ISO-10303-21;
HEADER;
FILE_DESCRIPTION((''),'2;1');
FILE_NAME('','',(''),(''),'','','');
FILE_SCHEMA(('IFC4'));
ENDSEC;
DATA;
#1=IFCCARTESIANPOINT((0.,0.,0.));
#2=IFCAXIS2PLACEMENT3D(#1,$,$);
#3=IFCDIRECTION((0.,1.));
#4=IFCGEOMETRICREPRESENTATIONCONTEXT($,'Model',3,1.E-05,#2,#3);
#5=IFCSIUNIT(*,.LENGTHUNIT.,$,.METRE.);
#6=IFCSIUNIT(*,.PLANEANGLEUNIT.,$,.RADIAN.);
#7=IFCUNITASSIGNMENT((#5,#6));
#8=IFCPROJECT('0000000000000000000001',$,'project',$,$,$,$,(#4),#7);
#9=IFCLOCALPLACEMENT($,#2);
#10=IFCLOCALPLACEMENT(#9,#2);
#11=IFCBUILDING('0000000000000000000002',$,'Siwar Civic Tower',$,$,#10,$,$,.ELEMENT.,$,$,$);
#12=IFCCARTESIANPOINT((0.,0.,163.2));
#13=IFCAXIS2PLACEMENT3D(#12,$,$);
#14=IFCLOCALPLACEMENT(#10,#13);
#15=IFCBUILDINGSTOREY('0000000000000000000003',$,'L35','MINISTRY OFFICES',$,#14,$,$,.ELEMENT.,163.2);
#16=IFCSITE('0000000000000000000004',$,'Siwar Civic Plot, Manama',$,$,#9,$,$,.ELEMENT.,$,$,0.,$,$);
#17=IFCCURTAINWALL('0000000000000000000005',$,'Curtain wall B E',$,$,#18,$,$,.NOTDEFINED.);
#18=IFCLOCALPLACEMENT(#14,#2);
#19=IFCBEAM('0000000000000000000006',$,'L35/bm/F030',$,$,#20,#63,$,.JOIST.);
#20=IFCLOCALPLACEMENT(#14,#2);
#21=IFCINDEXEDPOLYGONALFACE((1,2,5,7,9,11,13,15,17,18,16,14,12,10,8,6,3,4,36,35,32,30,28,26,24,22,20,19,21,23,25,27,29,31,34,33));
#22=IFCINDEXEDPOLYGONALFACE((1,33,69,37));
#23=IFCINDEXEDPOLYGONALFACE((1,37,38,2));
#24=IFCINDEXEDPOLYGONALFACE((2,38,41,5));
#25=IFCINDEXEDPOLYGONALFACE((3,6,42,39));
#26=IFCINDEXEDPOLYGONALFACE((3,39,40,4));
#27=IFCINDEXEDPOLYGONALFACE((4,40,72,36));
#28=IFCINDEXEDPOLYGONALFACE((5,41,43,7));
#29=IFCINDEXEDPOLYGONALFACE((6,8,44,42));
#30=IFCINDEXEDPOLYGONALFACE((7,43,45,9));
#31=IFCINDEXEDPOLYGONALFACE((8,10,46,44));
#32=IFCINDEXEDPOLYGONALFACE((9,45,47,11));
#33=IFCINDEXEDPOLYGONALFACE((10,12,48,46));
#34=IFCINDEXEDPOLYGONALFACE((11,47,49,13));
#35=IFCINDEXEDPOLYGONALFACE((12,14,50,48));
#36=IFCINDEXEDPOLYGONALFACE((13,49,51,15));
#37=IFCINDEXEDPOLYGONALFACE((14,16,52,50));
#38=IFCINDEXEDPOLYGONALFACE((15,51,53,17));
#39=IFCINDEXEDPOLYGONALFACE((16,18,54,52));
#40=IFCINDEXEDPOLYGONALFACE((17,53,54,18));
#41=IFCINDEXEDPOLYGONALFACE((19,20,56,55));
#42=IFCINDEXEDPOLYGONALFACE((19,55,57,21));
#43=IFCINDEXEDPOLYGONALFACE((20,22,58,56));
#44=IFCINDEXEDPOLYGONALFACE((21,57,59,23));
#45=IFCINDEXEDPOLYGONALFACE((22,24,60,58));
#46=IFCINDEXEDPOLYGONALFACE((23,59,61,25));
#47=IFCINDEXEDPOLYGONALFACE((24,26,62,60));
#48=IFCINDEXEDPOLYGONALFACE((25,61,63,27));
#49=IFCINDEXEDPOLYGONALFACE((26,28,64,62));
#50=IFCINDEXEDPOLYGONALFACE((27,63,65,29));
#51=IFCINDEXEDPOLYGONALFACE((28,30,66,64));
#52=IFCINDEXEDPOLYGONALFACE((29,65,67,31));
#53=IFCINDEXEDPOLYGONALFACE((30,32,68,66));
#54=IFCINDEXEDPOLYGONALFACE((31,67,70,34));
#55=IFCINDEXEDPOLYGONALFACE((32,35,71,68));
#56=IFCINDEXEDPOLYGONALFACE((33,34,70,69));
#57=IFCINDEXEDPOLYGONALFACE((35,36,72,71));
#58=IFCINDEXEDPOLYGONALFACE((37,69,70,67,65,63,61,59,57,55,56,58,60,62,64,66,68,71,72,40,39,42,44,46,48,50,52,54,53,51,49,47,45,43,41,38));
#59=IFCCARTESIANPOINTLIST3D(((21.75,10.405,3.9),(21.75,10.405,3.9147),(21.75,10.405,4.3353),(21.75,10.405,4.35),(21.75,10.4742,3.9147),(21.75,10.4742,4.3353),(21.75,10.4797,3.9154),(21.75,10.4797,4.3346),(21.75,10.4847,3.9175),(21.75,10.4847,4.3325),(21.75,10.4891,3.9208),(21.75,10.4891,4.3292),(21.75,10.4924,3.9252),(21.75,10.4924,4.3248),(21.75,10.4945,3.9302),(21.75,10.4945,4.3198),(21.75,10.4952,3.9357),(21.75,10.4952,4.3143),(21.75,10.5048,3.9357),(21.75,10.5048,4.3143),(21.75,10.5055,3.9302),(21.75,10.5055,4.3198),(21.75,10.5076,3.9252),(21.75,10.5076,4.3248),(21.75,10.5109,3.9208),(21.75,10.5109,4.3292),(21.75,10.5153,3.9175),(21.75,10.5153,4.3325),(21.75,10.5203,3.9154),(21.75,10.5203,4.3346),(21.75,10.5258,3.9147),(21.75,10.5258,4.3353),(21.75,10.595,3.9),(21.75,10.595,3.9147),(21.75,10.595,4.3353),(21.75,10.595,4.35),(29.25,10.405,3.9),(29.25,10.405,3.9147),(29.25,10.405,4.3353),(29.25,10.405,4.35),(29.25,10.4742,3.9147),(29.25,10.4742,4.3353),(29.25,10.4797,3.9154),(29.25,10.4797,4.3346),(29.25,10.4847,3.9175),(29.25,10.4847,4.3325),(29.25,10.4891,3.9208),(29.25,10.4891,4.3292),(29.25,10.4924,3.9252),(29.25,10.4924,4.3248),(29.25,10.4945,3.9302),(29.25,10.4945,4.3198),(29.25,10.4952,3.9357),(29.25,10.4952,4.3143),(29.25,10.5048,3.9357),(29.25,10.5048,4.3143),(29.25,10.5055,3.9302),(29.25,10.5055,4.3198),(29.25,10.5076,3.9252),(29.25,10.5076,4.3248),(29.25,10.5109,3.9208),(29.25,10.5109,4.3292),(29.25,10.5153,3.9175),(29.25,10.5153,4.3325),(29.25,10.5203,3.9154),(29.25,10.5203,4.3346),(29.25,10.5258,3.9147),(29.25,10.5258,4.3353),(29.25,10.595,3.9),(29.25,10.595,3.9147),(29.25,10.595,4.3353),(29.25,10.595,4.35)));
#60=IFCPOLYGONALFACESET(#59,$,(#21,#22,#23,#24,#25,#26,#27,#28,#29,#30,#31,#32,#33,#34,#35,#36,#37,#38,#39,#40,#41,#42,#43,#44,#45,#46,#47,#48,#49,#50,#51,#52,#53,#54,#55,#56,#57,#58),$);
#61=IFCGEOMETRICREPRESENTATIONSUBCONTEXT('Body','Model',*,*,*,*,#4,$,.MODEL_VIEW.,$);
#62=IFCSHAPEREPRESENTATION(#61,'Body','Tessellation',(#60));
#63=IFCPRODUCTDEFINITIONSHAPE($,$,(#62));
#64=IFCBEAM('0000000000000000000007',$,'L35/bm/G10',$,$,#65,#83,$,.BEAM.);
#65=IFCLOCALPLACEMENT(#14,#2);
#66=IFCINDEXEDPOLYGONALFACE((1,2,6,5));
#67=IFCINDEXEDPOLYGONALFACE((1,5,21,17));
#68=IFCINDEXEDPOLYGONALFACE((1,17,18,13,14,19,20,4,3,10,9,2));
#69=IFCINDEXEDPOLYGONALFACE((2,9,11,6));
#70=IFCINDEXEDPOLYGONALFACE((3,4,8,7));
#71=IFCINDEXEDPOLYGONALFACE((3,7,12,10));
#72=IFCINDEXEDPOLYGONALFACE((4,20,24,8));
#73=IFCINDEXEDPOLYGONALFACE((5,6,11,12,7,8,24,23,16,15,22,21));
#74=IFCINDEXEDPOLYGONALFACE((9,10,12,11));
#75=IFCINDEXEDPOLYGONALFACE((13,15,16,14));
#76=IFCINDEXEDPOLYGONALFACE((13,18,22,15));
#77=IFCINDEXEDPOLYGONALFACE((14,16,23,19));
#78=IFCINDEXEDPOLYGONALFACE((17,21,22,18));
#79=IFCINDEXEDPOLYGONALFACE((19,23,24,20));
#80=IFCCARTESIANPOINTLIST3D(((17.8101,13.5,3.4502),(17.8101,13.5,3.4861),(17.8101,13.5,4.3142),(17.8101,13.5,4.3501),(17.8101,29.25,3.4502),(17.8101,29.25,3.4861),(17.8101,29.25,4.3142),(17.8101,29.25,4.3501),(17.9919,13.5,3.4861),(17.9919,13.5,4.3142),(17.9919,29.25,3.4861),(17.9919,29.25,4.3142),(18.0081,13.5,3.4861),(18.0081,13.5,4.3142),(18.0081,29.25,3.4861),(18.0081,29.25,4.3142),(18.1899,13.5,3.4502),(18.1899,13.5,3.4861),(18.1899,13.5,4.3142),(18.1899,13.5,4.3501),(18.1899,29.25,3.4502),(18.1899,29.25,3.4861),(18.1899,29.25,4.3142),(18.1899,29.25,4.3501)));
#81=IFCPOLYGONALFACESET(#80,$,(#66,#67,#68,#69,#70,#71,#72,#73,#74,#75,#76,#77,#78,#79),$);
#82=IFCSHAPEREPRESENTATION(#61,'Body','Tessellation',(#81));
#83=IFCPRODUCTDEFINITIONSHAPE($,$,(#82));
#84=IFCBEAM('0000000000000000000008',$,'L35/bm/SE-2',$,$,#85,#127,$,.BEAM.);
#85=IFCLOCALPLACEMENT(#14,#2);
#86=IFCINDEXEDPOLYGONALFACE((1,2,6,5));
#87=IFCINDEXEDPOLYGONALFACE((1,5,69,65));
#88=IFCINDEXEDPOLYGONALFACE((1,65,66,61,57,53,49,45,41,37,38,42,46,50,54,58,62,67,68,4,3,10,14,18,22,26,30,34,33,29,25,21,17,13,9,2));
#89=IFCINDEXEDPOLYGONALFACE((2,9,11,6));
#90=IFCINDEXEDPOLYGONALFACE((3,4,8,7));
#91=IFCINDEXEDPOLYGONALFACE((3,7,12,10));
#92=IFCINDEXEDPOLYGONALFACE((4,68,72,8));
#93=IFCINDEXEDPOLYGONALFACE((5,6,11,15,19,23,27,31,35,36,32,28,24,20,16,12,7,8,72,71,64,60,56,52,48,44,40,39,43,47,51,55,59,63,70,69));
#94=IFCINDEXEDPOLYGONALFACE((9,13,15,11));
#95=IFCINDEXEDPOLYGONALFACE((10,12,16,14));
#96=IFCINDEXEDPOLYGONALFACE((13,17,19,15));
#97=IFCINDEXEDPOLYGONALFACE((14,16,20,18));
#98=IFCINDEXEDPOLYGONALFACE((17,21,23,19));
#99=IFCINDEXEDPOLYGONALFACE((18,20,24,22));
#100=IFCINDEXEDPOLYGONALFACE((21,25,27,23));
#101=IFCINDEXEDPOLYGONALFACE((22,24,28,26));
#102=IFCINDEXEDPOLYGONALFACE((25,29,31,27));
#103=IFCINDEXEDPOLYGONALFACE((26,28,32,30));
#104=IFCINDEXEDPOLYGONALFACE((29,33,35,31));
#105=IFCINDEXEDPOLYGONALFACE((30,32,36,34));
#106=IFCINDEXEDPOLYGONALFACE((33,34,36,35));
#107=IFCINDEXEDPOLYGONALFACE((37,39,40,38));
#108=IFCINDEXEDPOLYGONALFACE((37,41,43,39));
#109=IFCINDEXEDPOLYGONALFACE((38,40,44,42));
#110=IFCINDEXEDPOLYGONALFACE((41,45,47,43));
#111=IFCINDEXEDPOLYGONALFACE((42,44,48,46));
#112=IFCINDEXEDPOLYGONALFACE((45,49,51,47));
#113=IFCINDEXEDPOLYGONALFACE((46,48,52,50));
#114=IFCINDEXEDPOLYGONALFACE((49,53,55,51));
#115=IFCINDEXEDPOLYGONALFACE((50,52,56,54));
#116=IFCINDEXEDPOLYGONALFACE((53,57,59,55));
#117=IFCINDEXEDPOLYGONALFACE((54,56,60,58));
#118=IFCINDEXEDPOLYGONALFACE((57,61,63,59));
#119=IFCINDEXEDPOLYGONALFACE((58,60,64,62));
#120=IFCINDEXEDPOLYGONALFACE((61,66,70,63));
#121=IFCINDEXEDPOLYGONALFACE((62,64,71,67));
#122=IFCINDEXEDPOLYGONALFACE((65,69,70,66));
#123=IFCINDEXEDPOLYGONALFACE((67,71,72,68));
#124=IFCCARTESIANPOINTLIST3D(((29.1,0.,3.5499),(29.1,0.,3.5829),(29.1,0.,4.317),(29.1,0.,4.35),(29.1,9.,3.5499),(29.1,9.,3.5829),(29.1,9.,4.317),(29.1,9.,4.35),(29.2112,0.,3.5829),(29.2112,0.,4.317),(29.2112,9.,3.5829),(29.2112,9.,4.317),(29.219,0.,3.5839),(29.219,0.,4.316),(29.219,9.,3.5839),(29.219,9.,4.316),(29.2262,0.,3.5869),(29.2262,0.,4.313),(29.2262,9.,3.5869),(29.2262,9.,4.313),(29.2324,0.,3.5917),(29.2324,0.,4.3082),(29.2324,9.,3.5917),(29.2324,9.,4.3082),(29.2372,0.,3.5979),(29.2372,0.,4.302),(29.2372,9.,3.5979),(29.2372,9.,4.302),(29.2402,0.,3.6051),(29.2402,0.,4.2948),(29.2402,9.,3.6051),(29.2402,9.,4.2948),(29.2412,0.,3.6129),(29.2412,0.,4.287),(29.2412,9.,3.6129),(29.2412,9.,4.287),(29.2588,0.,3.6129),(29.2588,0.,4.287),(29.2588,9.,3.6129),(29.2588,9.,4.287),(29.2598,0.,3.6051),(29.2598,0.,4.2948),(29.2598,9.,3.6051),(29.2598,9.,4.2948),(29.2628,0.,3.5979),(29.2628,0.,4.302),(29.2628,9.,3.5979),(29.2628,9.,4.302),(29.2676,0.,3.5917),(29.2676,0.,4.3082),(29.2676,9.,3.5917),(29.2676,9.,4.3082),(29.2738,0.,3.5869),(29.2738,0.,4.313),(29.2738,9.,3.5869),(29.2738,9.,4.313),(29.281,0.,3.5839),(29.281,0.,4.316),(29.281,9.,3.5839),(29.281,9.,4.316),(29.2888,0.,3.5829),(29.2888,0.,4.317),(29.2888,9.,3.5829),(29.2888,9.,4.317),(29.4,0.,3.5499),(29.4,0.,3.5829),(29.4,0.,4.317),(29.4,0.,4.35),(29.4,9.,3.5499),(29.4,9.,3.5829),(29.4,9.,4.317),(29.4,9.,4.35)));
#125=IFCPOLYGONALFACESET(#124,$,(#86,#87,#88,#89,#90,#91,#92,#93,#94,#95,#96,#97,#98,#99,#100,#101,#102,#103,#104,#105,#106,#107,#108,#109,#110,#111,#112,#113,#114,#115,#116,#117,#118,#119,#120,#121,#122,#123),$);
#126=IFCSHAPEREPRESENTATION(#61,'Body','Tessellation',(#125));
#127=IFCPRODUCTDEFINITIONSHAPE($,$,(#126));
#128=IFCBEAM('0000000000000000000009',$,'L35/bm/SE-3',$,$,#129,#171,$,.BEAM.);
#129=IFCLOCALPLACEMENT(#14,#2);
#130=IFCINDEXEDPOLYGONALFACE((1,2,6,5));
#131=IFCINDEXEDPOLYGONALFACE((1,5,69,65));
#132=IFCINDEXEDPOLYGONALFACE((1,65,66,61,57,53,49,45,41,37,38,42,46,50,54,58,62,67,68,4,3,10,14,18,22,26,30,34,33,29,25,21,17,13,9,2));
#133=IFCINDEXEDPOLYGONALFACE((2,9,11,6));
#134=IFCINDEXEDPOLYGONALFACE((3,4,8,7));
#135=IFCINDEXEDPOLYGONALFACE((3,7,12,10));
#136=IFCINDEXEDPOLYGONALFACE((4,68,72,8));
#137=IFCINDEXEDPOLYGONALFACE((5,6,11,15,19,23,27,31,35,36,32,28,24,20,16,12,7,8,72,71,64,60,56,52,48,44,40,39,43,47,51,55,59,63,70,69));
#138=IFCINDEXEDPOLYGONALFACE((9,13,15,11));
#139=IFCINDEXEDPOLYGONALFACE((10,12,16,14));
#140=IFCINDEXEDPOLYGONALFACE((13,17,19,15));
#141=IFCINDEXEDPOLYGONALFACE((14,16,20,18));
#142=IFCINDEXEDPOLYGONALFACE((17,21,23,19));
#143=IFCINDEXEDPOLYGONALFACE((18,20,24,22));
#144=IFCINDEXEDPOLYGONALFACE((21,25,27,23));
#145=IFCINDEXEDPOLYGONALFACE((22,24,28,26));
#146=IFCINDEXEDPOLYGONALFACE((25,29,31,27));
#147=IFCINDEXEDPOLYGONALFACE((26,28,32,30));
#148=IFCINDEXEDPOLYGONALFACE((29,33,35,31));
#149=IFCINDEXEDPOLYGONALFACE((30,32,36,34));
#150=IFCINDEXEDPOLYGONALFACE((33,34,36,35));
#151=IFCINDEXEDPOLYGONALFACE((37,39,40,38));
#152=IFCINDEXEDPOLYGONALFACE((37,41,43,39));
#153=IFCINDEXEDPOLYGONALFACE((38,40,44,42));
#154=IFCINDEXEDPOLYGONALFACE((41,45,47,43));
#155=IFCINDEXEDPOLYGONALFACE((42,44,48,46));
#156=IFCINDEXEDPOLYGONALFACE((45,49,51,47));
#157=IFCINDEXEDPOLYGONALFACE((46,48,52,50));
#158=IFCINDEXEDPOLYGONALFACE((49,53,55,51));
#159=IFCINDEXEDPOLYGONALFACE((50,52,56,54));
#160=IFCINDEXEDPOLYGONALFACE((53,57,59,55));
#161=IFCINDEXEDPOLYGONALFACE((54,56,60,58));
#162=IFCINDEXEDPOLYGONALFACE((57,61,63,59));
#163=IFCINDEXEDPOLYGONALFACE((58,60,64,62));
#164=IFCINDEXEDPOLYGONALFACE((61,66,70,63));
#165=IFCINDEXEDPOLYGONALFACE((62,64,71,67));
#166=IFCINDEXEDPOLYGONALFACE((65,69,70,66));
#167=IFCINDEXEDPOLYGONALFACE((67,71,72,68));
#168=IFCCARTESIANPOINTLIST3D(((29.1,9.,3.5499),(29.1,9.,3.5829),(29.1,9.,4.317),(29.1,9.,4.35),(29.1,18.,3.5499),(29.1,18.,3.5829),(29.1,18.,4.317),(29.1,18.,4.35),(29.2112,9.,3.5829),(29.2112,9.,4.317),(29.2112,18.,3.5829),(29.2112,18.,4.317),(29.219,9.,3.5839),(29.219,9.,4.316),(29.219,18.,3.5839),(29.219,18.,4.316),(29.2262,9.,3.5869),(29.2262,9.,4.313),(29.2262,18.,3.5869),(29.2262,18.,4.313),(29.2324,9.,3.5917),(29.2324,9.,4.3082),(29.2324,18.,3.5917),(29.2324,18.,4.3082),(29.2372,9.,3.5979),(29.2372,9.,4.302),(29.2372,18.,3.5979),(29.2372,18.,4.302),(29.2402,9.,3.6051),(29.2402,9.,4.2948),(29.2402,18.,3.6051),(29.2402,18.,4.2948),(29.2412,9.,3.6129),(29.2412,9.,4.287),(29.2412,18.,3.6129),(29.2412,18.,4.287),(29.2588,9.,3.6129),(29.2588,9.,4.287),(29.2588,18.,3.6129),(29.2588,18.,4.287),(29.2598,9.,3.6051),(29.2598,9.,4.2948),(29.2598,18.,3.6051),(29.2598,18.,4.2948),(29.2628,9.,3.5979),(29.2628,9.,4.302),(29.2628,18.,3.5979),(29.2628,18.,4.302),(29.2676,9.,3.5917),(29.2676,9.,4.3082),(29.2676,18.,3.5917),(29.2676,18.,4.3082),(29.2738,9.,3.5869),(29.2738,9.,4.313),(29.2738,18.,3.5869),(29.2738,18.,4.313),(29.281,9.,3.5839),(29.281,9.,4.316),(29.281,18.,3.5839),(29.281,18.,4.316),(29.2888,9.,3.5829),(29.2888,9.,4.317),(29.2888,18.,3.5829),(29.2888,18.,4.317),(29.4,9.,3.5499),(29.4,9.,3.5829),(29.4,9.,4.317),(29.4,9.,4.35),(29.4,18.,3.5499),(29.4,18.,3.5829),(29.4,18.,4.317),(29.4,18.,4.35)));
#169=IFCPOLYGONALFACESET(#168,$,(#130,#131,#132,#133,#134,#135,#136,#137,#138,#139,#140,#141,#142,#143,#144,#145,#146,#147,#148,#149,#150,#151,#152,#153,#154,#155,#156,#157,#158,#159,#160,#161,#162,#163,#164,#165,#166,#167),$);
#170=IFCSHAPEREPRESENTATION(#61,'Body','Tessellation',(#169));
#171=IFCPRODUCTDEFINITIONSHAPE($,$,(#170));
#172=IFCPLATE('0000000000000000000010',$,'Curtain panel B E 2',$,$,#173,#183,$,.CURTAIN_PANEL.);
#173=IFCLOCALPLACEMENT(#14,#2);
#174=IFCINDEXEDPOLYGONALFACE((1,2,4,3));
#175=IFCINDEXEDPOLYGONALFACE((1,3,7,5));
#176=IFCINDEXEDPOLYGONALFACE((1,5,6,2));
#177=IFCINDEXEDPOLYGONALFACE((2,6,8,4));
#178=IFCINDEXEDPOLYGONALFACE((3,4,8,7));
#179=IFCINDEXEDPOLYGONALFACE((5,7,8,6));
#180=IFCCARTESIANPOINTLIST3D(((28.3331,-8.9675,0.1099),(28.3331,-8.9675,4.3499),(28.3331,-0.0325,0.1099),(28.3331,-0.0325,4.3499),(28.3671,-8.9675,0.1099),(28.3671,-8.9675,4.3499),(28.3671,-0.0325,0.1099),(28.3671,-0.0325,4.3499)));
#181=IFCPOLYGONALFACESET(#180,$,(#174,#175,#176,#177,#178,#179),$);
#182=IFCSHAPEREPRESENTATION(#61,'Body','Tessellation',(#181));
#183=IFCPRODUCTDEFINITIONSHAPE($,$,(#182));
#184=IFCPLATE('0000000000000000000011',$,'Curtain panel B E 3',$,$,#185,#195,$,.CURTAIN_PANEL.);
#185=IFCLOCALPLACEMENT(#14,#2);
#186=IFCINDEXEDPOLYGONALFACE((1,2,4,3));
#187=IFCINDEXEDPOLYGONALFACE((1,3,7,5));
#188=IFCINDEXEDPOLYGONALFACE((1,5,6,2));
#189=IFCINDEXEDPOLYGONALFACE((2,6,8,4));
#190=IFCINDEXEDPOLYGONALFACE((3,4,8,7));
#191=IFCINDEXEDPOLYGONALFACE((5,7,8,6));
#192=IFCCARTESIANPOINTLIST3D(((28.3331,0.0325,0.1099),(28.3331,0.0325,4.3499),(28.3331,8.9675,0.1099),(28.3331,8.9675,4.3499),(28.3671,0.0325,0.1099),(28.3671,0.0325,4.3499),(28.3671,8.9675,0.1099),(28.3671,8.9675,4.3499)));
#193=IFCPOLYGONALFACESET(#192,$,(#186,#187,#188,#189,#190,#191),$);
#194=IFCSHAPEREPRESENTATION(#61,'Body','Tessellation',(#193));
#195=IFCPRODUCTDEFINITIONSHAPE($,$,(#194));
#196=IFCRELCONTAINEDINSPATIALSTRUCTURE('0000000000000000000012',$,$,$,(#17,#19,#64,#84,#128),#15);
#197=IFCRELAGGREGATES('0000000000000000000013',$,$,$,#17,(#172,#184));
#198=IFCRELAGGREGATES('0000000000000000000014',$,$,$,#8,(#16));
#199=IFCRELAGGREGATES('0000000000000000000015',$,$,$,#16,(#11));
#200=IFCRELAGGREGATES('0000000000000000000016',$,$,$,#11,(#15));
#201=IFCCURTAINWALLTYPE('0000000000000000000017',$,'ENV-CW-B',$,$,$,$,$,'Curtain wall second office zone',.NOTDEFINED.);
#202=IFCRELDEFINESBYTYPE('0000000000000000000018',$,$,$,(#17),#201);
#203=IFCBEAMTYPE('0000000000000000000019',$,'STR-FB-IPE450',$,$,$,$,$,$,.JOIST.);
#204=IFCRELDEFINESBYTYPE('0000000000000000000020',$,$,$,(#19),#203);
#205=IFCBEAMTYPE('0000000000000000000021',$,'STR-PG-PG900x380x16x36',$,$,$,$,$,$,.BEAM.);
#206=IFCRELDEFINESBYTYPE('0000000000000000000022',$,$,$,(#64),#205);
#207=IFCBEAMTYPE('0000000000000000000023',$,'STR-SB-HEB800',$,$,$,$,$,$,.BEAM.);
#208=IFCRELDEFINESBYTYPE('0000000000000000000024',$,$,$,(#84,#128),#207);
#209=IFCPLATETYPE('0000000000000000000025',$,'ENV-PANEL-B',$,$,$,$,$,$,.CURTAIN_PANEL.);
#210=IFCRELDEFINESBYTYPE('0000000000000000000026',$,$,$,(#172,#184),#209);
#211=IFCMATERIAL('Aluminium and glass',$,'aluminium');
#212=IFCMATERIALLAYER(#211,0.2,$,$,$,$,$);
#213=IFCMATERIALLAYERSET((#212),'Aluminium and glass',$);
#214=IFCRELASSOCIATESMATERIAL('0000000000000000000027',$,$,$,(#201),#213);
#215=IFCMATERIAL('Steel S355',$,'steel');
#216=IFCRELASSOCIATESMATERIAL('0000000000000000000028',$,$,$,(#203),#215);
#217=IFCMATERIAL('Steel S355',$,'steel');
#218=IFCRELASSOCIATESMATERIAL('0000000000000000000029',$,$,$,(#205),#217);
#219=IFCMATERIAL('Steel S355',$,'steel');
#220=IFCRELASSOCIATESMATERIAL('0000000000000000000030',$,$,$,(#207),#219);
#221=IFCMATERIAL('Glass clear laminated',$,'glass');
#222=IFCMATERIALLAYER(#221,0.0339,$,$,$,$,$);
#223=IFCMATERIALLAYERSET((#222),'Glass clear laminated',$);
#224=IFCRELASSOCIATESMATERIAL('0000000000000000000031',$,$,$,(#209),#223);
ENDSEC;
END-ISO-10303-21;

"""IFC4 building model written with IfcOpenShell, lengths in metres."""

from ifc_helpers import new_model, si_unit, direction, frame, origin, origin_2d, place, context, subcontext, project, spatial, rectangle, i_section, extrude, material, layer, layer_set, material_profile, profile_set, type_object, element, aggregate, save


model = new_model("IFC4")

# Units and contexts
model_context = context("Model", 3, precision=1e-05, world=origin(), true_north=direction((0.0, 1.0)))
body_context = subcontext(model_context, "Body", "Model", "MODEL_VIEW")
ifc_project = project(units=[si_unit("LENGTHUNIT", "METRE"), si_unit("PLANEANGLEUNIT", "RADIAN")], contexts=[model_context])

# Site, building, storey
site_placement = place(None, origin())
site = spatial("IfcSite", under=ifc_project, at=site_placement, Name="Siwar Civic Plot, Manama", CompositionType="ELEMENT", RefElevation=0.0)
building_placement = place(site_placement, origin())
building = spatial("IfcBuilding", under=site, at=building_placement, Name="Siwar Civic Tower", CompositionType="ELEMENT")
storey_placement = place(building_placement, frame((0.0, 0.0, 163.2)))
storey = spatial("IfcBuildingStorey", under=building, at=storey_placement, Name="L35", Description="MINISTRY OFFICES", CompositionType="ELEMENT", Elevation=163.2)

# Curtain wall
ifc_material_1 = material(Name="Aluminium and glass", Category="aluminium")
ifc_layer_1 = layer(ifc_material_1, 0.2)
ifc_layer_set_1 = layer_set([ifc_layer_1], Name="Aluminium and glass")
curtain_wall_type = type_object("IfcCurtainWallType", Name="ENV-CW-B", ElementType="Curtain wall second office zone", PredefinedType="NOTDEFINED", material=ifc_layer_set_1)
curtain_wall_placement = place(storey_placement, origin())
curtain_wall = element("IfcCurtainWall", 1, at=curtain_wall_placement, inside=storey, type_object=curtain_wall_type, Name="Curtain wall B E", PredefinedType="NOTDEFINED")

# Beams
ifc_material_2 = material(Name="Steel S355", Category="steel")
ifc_material_profile_1 = material_profile(ifc_material_2, i_section(OverallWidth=0.1899, OverallDepth=0.45, WebThickness=0.0095, FlangeThickness=0.0146, FilletRadius=0.021, at=origin_2d()), Name="IPE450")
ifc_profile_set_1 = profile_set([ifc_material_profile_1], Name="Steel S355")
beam_type_1 = type_object("IfcBeamType", Name="STR-FB-IPE450", PredefinedType="JOIST", material=ifc_profile_set_1)
for number, where, z_axis, x_axis, name in (
    (2, (21.75, 10.5, 4.125), (1.0, 0.0, 0.0), (0.0, 1.0, 0.0), "L35/bm/F030"),
):
    element("IfcBeam", number, at=place(storey_placement, frame(where, z_axis=z_axis, x_axis=x_axis)), inside=storey, type_object=beam_type_1, Name=name, PredefinedType="JOIST", context=body_context, shape_type="SweptSolid", body=[
        extrude(i_section(OverallWidth=0.1899, OverallDepth=0.45, WebThickness=0.0095, FlangeThickness=0.0146, FilletRadius=0.021, at=origin_2d()), origin(), (0.0, 0.0, 1.0), 7.5),
    ])
ifc_material_3 = material(Name="Steel S355", Category="steel")
ifc_material_profile_2 = material_profile(ifc_material_3, i_section(OverallWidth=0.3799, OverallDepth=0.8999, WebThickness=0.0161, FlangeThickness=0.0359, at=origin_2d()), Name="PG900x380x16x36")
ifc_profile_set_2 = profile_set([ifc_material_profile_2], Name="Steel S355")
beam_type_2 = type_object("IfcBeamType", Name="STR-PG-PG900x380x16x36", PredefinedType="BEAM", material=ifc_profile_set_2)
beam_placement = place(storey_placement, frame((18.0, 13.5, 3.9001), z_axis=(0.0, 1.0, 0.0), x_axis=(-1.0, 0.0, 0.0)))
element("IfcBeam", 3, at=beam_placement, inside=storey, type_object=beam_type_2, Name="L35/bm/G10", PredefinedType="BEAM", context=body_context, shape_type="SweptSolid", body=[
    extrude(i_section(OverallWidth=0.3799, OverallDepth=0.8999, WebThickness=0.0161, FlangeThickness=0.0359, at=origin_2d()), origin(), (0.0, 0.0, 1.0), 15.75),
])
ifc_material_4 = material(Name="Steel S355", Category="steel")
ifc_material_profile_3 = material_profile(ifc_material_4, i_section(OverallWidth=0.3, OverallDepth=0.8, WebThickness=0.0176, FlangeThickness=0.033, FilletRadius=0.03, at=origin_2d()), Name="HEB800")
ifc_profile_set_3 = profile_set([ifc_material_profile_3], Name="Steel S355")
beam_type_3 = type_object("IfcBeamType", Name="STR-SB-HEB800", PredefinedType="BEAM", material=ifc_profile_set_3)
for number, where, z_axis, x_axis, name in (
    (4, (29.25, 0.0, 3.95), (0.0, 1.0, 0.0), (-1.0, 0.0, 0.0), "L35/bm/SE-2"),
    (5, (29.25, 9.0, 3.95), (0.0, 1.0, 0.0), (-1.0, 0.0, 0.0), "L35/bm/SE-3"),
):
    element("IfcBeam", number, at=place(storey_placement, frame(where, z_axis=z_axis, x_axis=x_axis)), inside=storey, type_object=beam_type_3, Name=name, PredefinedType="BEAM", context=body_context, shape_type="SweptSolid", body=[
        extrude(i_section(OverallWidth=0.3, OverallDepth=0.8, WebThickness=0.0176, FlangeThickness=0.033, FilletRadius=0.03, at=origin_2d()), origin(), (0.0, 0.0, 1.0), 9.0),
    ])

# Plates
ifc_material_5 = material(Name="Glass clear laminated", Category="glass")
ifc_layer_2 = layer(ifc_material_5, 0.0339)
ifc_layer_set_2 = layer_set([ifc_layer_2], Name="Glass clear laminated")
plate_type = type_object("IfcPlateType", Name="ENV-PANEL-B", PredefinedType="CURTAIN_PANEL", material=ifc_layer_set_2)
plate_1_placement = place(storey_placement, frame((28.3501, -4.5, 0.1099), z_axis=(0.0, 0.0, 1.0), x_axis=(0.0, 1.0, 0.0)))
plate_1 = element("IfcPlate", 6, at=plate_1_placement, type_object=plate_type, Name="Curtain panel B E 2", PredefinedType="CURTAIN_PANEL", context=body_context, shape_type="SweptSolid", body=[
    extrude(rectangle(XDim=8.9351, YDim=0.0339, at=origin_2d()), origin(), (0.0, 0.0, 1.0), 4.24),
])
plate_2_placement = place(storey_placement, frame((28.3501, 4.5, 0.1099), z_axis=(0.0, 0.0, 1.0), x_axis=(0.0, 1.0, 0.0)))
plate_2 = element("IfcPlate", 7, at=plate_2_placement, type_object=plate_type, Name="Curtain panel B E 3", PredefinedType="CURTAIN_PANEL", context=body_context, shape_type="SweptSolid", body=[
    extrude(rectangle(XDim=8.9351, YDim=0.0339, at=origin_2d()), origin(), (0.0, 0.0, 1.0), 4.24),
])
aggregate(curtain_wall, [plate_1, plate_2])

save(model, "model.ifc")
